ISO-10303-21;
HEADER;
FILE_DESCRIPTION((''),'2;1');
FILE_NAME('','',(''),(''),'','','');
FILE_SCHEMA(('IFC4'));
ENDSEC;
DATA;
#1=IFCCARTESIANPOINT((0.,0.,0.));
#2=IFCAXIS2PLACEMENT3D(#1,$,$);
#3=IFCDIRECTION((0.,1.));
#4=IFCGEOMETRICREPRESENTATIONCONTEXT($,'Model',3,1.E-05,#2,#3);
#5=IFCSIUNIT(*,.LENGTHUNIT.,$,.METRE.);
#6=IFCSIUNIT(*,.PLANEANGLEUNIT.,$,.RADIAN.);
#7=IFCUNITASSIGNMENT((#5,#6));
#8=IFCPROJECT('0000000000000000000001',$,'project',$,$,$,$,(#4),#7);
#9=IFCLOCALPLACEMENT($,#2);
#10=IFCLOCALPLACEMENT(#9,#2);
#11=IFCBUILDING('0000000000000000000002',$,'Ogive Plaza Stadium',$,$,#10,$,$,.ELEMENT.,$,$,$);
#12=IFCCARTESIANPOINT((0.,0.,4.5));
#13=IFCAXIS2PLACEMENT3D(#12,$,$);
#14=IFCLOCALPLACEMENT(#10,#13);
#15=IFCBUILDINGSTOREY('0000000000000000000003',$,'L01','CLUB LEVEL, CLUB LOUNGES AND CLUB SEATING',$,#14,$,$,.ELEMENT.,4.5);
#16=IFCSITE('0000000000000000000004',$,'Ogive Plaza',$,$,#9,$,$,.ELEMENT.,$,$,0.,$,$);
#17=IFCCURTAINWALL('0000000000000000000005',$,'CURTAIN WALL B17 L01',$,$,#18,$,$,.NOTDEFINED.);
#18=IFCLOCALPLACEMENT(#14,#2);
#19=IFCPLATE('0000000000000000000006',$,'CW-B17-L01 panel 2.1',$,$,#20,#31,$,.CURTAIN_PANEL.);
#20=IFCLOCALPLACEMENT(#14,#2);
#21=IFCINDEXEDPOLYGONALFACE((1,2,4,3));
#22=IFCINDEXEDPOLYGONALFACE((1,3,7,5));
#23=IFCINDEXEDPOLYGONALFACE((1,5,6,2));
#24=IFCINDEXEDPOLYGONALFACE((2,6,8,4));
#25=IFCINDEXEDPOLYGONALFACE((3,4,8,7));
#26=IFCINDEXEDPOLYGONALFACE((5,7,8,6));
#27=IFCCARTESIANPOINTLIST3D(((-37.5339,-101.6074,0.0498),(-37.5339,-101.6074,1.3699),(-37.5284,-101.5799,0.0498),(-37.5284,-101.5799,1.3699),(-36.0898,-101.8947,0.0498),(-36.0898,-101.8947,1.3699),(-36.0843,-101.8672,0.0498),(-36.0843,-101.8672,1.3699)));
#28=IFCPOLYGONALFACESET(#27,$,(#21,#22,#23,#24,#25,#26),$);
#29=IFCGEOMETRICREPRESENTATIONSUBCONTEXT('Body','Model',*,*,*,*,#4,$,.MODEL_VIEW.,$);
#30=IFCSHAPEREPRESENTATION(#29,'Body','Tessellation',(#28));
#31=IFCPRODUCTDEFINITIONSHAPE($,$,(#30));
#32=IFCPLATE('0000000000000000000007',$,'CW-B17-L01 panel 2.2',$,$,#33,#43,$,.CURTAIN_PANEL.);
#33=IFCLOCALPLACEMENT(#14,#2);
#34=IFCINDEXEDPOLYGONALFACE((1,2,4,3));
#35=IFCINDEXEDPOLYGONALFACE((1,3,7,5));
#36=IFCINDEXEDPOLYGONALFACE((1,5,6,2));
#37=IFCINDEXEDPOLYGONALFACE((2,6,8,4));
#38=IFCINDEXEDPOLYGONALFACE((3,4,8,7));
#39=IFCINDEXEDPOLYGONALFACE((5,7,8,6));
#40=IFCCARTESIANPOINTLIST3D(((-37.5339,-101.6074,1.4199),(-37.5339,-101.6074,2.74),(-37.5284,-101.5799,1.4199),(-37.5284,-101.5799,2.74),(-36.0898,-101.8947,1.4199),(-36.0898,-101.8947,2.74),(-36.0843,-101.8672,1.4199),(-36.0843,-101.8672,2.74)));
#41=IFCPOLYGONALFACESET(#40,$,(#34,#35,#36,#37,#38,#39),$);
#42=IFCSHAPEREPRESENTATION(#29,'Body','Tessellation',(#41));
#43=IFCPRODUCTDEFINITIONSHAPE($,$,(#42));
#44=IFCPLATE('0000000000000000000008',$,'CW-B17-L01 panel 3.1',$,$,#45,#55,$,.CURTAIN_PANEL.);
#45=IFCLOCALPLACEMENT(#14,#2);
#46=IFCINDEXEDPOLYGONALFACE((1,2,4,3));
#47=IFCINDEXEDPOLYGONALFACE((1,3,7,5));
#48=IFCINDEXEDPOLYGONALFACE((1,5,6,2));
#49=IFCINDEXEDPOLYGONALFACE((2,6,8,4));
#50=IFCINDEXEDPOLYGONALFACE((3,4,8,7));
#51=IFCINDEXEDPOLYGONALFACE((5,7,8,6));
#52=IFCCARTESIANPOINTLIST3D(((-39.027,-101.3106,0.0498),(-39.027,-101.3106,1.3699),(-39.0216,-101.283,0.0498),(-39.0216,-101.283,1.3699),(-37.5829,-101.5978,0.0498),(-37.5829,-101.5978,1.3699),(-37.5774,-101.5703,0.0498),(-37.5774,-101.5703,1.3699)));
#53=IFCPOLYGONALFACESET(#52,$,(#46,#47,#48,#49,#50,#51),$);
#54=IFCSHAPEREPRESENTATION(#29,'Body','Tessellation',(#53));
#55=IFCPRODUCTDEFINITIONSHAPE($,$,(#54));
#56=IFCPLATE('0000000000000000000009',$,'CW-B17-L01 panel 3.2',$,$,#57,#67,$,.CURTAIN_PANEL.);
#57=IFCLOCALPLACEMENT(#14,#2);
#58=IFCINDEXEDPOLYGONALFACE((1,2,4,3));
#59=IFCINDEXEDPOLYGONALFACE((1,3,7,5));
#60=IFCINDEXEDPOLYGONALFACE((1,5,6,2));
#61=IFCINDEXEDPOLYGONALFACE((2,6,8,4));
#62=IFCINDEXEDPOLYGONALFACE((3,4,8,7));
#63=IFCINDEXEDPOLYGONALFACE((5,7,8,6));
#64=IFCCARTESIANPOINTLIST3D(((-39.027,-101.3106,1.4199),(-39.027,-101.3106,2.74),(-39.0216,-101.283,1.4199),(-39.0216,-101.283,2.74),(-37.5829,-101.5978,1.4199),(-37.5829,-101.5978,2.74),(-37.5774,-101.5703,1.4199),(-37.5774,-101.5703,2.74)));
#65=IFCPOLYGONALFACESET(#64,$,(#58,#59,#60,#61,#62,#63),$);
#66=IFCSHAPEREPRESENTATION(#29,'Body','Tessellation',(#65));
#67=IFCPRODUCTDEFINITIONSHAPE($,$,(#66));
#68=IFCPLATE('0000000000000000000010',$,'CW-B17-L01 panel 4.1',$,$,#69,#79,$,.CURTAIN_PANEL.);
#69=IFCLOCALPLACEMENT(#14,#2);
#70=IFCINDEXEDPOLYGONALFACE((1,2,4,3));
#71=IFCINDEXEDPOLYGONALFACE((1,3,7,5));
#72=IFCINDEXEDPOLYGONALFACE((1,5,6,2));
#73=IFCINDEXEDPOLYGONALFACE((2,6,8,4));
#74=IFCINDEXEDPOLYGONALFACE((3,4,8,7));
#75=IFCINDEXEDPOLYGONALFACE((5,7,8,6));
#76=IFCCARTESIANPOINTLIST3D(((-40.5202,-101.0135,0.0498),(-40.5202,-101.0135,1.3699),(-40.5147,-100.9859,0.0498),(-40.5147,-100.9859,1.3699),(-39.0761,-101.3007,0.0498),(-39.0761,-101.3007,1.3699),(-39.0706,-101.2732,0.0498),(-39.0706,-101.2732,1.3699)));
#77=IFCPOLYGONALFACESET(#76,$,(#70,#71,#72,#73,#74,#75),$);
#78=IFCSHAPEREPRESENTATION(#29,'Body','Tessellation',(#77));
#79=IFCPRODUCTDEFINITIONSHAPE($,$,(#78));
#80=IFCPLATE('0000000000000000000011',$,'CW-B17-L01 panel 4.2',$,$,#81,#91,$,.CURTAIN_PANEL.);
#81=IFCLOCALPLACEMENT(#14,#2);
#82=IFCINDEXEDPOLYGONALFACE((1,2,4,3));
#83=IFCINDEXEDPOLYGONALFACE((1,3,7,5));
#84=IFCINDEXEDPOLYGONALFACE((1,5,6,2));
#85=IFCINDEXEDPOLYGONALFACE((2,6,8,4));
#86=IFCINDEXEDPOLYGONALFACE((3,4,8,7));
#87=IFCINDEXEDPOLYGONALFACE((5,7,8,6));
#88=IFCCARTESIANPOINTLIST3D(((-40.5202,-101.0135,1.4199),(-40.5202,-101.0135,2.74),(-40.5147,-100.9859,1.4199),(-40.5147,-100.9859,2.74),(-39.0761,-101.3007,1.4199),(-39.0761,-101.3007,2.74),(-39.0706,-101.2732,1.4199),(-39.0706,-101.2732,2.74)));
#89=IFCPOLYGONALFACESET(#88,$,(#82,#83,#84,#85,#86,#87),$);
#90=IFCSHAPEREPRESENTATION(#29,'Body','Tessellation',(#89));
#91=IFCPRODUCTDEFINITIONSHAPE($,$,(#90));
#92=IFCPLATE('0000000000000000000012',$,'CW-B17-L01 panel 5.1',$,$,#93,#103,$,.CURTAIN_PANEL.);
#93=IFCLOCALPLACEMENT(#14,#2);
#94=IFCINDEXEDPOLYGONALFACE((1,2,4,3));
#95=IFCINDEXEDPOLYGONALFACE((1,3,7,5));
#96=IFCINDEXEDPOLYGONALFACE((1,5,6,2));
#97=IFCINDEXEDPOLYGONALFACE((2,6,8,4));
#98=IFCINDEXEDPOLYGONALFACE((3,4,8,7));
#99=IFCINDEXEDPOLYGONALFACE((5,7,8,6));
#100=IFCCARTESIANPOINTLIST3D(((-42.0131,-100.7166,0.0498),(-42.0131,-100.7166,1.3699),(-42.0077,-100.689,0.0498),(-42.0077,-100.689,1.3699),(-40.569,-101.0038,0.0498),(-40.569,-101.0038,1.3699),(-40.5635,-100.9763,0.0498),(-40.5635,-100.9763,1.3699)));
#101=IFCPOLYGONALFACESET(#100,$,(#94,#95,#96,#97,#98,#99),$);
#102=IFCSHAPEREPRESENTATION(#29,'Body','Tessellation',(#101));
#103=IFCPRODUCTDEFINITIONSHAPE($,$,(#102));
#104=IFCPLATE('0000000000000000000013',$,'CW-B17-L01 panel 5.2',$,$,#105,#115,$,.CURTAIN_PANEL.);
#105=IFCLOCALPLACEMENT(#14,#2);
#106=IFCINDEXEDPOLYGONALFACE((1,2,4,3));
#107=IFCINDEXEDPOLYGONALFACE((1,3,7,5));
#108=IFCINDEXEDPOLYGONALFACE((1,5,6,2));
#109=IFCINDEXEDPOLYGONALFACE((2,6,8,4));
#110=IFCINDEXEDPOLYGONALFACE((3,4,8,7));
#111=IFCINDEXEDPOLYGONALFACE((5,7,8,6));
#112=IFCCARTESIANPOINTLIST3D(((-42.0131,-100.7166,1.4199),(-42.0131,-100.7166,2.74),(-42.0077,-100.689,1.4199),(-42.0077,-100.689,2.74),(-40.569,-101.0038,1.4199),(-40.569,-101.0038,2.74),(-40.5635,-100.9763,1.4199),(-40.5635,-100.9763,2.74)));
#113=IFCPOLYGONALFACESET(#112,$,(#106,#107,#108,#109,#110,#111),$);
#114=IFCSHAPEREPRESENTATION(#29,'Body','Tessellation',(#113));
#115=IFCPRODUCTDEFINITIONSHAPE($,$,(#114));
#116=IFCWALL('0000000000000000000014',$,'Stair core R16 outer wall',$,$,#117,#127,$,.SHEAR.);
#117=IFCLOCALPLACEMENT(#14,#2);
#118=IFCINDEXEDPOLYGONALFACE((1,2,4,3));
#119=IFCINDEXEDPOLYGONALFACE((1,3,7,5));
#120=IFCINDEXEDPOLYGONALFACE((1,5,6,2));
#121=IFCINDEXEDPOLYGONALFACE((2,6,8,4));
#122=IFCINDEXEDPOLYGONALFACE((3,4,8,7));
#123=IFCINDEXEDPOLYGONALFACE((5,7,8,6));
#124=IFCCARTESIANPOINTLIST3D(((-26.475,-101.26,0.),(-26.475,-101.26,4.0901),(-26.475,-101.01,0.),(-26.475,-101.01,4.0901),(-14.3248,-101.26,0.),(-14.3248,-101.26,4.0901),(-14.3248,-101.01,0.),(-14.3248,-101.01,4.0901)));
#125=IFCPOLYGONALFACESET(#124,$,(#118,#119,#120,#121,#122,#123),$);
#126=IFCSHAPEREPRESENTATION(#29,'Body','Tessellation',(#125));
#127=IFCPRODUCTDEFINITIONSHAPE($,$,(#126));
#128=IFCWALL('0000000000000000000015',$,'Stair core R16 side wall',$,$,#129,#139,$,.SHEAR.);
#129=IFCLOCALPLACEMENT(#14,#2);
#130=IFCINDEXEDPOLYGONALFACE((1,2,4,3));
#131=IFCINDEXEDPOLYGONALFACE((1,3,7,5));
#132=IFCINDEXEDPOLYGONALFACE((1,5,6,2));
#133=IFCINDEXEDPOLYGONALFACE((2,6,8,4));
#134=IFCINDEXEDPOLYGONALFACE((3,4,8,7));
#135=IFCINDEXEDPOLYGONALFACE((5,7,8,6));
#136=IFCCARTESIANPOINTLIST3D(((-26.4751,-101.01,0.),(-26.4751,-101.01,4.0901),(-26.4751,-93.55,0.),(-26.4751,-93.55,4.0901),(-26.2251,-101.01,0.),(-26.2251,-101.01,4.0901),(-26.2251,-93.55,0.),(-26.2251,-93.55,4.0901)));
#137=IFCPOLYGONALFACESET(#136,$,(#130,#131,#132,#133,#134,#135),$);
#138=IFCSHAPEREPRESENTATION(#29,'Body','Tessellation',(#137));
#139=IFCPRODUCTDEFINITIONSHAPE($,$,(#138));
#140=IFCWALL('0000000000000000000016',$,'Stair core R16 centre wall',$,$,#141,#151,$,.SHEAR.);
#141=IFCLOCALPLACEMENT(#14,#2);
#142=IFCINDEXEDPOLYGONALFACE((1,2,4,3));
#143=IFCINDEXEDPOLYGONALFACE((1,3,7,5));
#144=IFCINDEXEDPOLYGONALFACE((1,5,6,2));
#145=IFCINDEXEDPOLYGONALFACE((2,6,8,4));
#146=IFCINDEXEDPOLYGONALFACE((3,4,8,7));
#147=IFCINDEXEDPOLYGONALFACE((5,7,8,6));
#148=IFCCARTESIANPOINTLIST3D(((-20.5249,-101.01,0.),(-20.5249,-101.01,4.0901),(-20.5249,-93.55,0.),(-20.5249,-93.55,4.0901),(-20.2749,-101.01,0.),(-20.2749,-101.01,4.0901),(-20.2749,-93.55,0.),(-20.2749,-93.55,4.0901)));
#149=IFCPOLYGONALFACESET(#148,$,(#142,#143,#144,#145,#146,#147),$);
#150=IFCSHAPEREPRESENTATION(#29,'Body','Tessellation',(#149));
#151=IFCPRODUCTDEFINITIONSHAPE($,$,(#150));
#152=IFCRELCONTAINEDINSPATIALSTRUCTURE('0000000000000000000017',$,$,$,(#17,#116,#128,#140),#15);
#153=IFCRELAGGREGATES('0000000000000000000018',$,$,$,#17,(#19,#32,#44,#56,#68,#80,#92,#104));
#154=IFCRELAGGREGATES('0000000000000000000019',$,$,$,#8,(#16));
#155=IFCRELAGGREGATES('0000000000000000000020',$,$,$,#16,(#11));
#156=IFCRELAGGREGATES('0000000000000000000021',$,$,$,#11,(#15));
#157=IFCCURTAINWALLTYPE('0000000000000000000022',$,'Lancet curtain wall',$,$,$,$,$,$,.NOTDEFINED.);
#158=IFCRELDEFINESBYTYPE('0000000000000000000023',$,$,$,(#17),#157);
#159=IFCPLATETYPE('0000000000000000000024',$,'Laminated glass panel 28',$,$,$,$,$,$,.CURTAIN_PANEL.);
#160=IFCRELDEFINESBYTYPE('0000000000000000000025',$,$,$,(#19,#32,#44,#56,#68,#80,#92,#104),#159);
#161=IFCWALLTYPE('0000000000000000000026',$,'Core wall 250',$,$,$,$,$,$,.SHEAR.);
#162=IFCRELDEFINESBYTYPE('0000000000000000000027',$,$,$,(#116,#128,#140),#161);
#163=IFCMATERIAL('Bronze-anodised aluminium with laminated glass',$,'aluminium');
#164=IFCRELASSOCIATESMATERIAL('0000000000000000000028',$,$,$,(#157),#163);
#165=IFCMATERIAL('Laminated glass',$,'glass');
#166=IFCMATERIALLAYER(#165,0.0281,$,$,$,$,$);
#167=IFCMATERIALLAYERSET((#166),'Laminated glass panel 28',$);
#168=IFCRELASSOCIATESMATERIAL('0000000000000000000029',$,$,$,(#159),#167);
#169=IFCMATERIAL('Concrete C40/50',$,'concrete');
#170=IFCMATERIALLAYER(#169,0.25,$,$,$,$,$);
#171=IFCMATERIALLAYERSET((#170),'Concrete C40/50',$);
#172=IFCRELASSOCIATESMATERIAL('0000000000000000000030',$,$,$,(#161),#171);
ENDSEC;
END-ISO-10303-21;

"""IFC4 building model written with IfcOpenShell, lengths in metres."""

from ifc_helpers import new_model, si_unit, direction, frame, frame_2d, origin, origin_2d, place, context, subcontext, project, spatial, rectangle, extrude, material, layer, layer_set, type_object, element, aggregate, save


model = new_model("IFC4")

# Units and contexts
model_context = context("Model", 3, precision=1e-05, world=origin(), true_north=direction((0.0, 1.0)))
body_context = subcontext(model_context, "Body", "Model", "MODEL_VIEW")
ifc_project = project(units=[si_unit("LENGTHUNIT", "METRE"), si_unit("PLANEANGLEUNIT", "RADIAN")], contexts=[model_context])

# Site, building, storey
site_placement = place(None, origin())
site = spatial("IfcSite", under=ifc_project, at=site_placement, Name="Ogive Plaza", CompositionType="ELEMENT", RefElevation=0.0)
building_placement = place(site_placement, origin())
building = spatial("IfcBuilding", under=site, at=building_placement, Name="Ogive Plaza Stadium", CompositionType="ELEMENT")
storey_placement = place(building_placement, frame((0.0, 0.0, 4.5)))
storey = spatial("IfcBuildingStorey", under=building, at=storey_placement, Name="L01", Description="CLUB LEVEL, CLUB LOUNGES AND CLUB SEATING", CompositionType="ELEMENT", Elevation=4.5)

# Curtain wall, plates
ifc_material_1 = material(Name="Bronze-anodised aluminium with laminated glass", Category="aluminium")
curtain_wall_type = type_object("IfcCurtainWallType", Name="Lancet curtain wall", PredefinedType="NOTDEFINED", material=ifc_material_1)
curtain_wall_placement = place(storey_placement, origin())
curtain_wall = element("IfcCurtainWall", 1, at=curtain_wall_placement, inside=storey, type_object=curtain_wall_type, Name="CURTAIN WALL B17 L01", PredefinedType="NOTDEFINED")
ifc_material_2 = material(Name="Laminated glass", Category="glass")
ifc_layer_1 = layer(ifc_material_2, 0.0281)
ifc_layer_set_1 = layer_set([ifc_layer_1], Name="Laminated glass panel 28")
plate_type = type_object("IfcPlateType", Name="Laminated glass panel 28", PredefinedType="CURTAIN_PANEL", material=ifc_layer_set_1)
plate_1_placement = place(storey_placement, frame((-36.8091, -101.7373, 0.0498), z_axis=(0.0, 0.0, 1.0), x_axis=(-0.980785, 0.19509, 0.0)))
plate_1 = element("IfcPlate", 2, at=plate_1_placement, type_object=plate_type, Name="CW-B17-L01 panel 2.1", PredefinedType="CURTAIN_PANEL", context=body_context, shape_type="SweptSolid", body=[
    extrude(rectangle(XDim=1.4724, YDim=0.0281, at=origin_2d()), origin(), (0.0, 0.0, 1.0), 1.3201),
])
plate_2_placement = place(storey_placement, frame((-36.8091, -101.7373, 1.4199), z_axis=(0.0, 0.0, 1.0), x_axis=(-0.980785, 0.19509, 0.0)))
plate_2 = element("IfcPlate", 3, at=plate_2_placement, type_object=plate_type, Name="CW-B17-L01 panel 2.2", PredefinedType="CURTAIN_PANEL", context=body_context, shape_type="SweptSolid", body=[
    extrude(rectangle(XDim=1.4724, YDim=0.0281, at=origin_2d()), origin(), (0.0, 0.0, 1.0), 1.3201),
])
plate_3_placement = place(storey_placement, frame((-38.3022, -101.4404, 0.0498), z_axis=(0.0, 0.0, 1.0), x_axis=(-0.980785, 0.19509, 0.0)))
plate_3 = element("IfcPlate", 4, at=plate_3_placement, type_object=plate_type, Name="CW-B17-L01 panel 3.1", PredefinedType="CURTAIN_PANEL", context=body_context, shape_type="SweptSolid", body=[
    extrude(rectangle(XDim=1.4724, YDim=0.0281, at=origin_2d()), origin(), (0.0, 0.0, 1.0), 1.3201),
])
plate_4_placement = place(storey_placement, frame((-38.3022, -101.4404, 1.4199), z_axis=(0.0, 0.0, 1.0), x_axis=(-0.980785, 0.19509, 0.0)))
plate_4 = element("IfcPlate", 5, at=plate_4_placement, type_object=plate_type, Name="CW-B17-L01 panel 3.2", PredefinedType="CURTAIN_PANEL", context=body_context, shape_type="SweptSolid", body=[
    extrude(rectangle(XDim=1.4724, YDim=0.0281, at=origin_2d()), origin(), (0.0, 0.0, 1.0), 1.3201),
])
plate_5_placement = place(storey_placement, frame((-39.7954, -101.1433, 0.0498), z_axis=(0.0, 0.0, 1.0), x_axis=(-0.980785, 0.19509, 0.0)))
plate_5 = element("IfcPlate", 6, at=plate_5_placement, type_object=plate_type, Name="CW-B17-L01 panel 4.1", PredefinedType="CURTAIN_PANEL", context=body_context, shape_type="SweptSolid", body=[
    extrude(rectangle(XDim=1.4724, YDim=0.0281, at=origin_2d()), origin(), (0.0, 0.0, 1.0), 1.3201),
])
plate_6_placement = place(storey_placement, frame((-39.7954, -101.1433, 1.4199), z_axis=(0.0, 0.0, 1.0), x_axis=(-0.980785, 0.19509, 0.0)))
plate_6 = element("IfcPlate", 7, at=plate_6_placement, type_object=plate_type, Name="CW-B17-L01 panel 4.2", PredefinedType="CURTAIN_PANEL", context=body_context, shape_type="SweptSolid", body=[
    extrude(rectangle(XDim=1.4724, YDim=0.0281, at=origin_2d()), origin(), (0.0, 0.0, 1.0), 1.3201),
])
plate_7_placement = place(storey_placement, frame((-41.2883, -100.8464, 0.0498), z_axis=(0.0, 0.0, 1.0), x_axis=(-0.980785, 0.19509, 0.0)))
plate_7 = element("IfcPlate", 8, at=plate_7_placement, type_object=plate_type, Name="CW-B17-L01 panel 5.1", PredefinedType="CURTAIN_PANEL", context=body_context, shape_type="SweptSolid", body=[
    extrude(rectangle(XDim=1.4724, YDim=0.0281, at=origin_2d()), origin(), (0.0, 0.0, 1.0), 1.3201),
])
plate_8_placement = place(storey_placement, frame((-41.2883, -100.8464, 1.4199), z_axis=(0.0, 0.0, 1.0), x_axis=(-0.980785, 0.19509, 0.0)))
plate_8 = element("IfcPlate", 9, at=plate_8_placement, type_object=plate_type, Name="CW-B17-L01 panel 5.2", PredefinedType="CURTAIN_PANEL", context=body_context, shape_type="SweptSolid", body=[
    extrude(rectangle(XDim=1.4724, YDim=0.0281, at=origin_2d()), origin(), (0.0, 0.0, 1.0), 1.3201),
])
aggregate(curtain_wall, [plate_1, plate_2, plate_3, plate_4, plate_5, plate_6, plate_7, plate_8])

# Walls
ifc_material_3 = material(Name="Concrete C40/50", Category="concrete")
ifc_layer_2 = layer(ifc_material_3, 0.25)
ifc_layer_set_2 = layer_set([ifc_layer_2], Name="Concrete C40/50")
wall_type = type_object("IfcWallType", Name="Core wall 250", PredefinedType="SHEAR", material=ifc_layer_set_2)
wall_placement = place(storey_placement, frame((-26.4751, -101.135, 0.0), z_axis=(0.0, 0.0, 1.0), x_axis=(1.0, 0.0, 0.0)))
element("IfcWall", 10, at=wall_placement, inside=storey, type_object=wall_type, Name="Stair core R16 outer wall", PredefinedType="SHEAR", context=body_context, shape_type="SweptSolid", body=[
    extrude(rectangle(XDim=12.1501, YDim=0.25, at=frame_2d((6.0752, 0.0))), origin(), (0.0, 0.0, 1.0), 4.0901),
])
for number, where, z_axis, x_axis, name in (
    (11, (-26.3501, -93.55, 0.0), (0.0, 0.0, 1.0), (0.0, -1.0, 0.0), "Stair core R16 side wall"),
    (12, (-20.3999, -93.55, 0.0), (0.0, 0.0, 1.0), (0.0, -1.0, 0.0), "Stair core R16 centre wall"),
):
    element("IfcWall", number, at=place(storey_placement, frame(where, z_axis=z_axis, x_axis=x_axis)), inside=storey, type_object=wall_type, Name=name, PredefinedType="SHEAR", context=body_context, shape_type="SweptSolid", body=[
        extrude(rectangle(XDim=7.46, YDim=0.25, at=frame_2d((3.73, 0.0))), origin(), (0.0, 0.0, 1.0), 4.0901),
    ])

save(model, "model.ifc")
